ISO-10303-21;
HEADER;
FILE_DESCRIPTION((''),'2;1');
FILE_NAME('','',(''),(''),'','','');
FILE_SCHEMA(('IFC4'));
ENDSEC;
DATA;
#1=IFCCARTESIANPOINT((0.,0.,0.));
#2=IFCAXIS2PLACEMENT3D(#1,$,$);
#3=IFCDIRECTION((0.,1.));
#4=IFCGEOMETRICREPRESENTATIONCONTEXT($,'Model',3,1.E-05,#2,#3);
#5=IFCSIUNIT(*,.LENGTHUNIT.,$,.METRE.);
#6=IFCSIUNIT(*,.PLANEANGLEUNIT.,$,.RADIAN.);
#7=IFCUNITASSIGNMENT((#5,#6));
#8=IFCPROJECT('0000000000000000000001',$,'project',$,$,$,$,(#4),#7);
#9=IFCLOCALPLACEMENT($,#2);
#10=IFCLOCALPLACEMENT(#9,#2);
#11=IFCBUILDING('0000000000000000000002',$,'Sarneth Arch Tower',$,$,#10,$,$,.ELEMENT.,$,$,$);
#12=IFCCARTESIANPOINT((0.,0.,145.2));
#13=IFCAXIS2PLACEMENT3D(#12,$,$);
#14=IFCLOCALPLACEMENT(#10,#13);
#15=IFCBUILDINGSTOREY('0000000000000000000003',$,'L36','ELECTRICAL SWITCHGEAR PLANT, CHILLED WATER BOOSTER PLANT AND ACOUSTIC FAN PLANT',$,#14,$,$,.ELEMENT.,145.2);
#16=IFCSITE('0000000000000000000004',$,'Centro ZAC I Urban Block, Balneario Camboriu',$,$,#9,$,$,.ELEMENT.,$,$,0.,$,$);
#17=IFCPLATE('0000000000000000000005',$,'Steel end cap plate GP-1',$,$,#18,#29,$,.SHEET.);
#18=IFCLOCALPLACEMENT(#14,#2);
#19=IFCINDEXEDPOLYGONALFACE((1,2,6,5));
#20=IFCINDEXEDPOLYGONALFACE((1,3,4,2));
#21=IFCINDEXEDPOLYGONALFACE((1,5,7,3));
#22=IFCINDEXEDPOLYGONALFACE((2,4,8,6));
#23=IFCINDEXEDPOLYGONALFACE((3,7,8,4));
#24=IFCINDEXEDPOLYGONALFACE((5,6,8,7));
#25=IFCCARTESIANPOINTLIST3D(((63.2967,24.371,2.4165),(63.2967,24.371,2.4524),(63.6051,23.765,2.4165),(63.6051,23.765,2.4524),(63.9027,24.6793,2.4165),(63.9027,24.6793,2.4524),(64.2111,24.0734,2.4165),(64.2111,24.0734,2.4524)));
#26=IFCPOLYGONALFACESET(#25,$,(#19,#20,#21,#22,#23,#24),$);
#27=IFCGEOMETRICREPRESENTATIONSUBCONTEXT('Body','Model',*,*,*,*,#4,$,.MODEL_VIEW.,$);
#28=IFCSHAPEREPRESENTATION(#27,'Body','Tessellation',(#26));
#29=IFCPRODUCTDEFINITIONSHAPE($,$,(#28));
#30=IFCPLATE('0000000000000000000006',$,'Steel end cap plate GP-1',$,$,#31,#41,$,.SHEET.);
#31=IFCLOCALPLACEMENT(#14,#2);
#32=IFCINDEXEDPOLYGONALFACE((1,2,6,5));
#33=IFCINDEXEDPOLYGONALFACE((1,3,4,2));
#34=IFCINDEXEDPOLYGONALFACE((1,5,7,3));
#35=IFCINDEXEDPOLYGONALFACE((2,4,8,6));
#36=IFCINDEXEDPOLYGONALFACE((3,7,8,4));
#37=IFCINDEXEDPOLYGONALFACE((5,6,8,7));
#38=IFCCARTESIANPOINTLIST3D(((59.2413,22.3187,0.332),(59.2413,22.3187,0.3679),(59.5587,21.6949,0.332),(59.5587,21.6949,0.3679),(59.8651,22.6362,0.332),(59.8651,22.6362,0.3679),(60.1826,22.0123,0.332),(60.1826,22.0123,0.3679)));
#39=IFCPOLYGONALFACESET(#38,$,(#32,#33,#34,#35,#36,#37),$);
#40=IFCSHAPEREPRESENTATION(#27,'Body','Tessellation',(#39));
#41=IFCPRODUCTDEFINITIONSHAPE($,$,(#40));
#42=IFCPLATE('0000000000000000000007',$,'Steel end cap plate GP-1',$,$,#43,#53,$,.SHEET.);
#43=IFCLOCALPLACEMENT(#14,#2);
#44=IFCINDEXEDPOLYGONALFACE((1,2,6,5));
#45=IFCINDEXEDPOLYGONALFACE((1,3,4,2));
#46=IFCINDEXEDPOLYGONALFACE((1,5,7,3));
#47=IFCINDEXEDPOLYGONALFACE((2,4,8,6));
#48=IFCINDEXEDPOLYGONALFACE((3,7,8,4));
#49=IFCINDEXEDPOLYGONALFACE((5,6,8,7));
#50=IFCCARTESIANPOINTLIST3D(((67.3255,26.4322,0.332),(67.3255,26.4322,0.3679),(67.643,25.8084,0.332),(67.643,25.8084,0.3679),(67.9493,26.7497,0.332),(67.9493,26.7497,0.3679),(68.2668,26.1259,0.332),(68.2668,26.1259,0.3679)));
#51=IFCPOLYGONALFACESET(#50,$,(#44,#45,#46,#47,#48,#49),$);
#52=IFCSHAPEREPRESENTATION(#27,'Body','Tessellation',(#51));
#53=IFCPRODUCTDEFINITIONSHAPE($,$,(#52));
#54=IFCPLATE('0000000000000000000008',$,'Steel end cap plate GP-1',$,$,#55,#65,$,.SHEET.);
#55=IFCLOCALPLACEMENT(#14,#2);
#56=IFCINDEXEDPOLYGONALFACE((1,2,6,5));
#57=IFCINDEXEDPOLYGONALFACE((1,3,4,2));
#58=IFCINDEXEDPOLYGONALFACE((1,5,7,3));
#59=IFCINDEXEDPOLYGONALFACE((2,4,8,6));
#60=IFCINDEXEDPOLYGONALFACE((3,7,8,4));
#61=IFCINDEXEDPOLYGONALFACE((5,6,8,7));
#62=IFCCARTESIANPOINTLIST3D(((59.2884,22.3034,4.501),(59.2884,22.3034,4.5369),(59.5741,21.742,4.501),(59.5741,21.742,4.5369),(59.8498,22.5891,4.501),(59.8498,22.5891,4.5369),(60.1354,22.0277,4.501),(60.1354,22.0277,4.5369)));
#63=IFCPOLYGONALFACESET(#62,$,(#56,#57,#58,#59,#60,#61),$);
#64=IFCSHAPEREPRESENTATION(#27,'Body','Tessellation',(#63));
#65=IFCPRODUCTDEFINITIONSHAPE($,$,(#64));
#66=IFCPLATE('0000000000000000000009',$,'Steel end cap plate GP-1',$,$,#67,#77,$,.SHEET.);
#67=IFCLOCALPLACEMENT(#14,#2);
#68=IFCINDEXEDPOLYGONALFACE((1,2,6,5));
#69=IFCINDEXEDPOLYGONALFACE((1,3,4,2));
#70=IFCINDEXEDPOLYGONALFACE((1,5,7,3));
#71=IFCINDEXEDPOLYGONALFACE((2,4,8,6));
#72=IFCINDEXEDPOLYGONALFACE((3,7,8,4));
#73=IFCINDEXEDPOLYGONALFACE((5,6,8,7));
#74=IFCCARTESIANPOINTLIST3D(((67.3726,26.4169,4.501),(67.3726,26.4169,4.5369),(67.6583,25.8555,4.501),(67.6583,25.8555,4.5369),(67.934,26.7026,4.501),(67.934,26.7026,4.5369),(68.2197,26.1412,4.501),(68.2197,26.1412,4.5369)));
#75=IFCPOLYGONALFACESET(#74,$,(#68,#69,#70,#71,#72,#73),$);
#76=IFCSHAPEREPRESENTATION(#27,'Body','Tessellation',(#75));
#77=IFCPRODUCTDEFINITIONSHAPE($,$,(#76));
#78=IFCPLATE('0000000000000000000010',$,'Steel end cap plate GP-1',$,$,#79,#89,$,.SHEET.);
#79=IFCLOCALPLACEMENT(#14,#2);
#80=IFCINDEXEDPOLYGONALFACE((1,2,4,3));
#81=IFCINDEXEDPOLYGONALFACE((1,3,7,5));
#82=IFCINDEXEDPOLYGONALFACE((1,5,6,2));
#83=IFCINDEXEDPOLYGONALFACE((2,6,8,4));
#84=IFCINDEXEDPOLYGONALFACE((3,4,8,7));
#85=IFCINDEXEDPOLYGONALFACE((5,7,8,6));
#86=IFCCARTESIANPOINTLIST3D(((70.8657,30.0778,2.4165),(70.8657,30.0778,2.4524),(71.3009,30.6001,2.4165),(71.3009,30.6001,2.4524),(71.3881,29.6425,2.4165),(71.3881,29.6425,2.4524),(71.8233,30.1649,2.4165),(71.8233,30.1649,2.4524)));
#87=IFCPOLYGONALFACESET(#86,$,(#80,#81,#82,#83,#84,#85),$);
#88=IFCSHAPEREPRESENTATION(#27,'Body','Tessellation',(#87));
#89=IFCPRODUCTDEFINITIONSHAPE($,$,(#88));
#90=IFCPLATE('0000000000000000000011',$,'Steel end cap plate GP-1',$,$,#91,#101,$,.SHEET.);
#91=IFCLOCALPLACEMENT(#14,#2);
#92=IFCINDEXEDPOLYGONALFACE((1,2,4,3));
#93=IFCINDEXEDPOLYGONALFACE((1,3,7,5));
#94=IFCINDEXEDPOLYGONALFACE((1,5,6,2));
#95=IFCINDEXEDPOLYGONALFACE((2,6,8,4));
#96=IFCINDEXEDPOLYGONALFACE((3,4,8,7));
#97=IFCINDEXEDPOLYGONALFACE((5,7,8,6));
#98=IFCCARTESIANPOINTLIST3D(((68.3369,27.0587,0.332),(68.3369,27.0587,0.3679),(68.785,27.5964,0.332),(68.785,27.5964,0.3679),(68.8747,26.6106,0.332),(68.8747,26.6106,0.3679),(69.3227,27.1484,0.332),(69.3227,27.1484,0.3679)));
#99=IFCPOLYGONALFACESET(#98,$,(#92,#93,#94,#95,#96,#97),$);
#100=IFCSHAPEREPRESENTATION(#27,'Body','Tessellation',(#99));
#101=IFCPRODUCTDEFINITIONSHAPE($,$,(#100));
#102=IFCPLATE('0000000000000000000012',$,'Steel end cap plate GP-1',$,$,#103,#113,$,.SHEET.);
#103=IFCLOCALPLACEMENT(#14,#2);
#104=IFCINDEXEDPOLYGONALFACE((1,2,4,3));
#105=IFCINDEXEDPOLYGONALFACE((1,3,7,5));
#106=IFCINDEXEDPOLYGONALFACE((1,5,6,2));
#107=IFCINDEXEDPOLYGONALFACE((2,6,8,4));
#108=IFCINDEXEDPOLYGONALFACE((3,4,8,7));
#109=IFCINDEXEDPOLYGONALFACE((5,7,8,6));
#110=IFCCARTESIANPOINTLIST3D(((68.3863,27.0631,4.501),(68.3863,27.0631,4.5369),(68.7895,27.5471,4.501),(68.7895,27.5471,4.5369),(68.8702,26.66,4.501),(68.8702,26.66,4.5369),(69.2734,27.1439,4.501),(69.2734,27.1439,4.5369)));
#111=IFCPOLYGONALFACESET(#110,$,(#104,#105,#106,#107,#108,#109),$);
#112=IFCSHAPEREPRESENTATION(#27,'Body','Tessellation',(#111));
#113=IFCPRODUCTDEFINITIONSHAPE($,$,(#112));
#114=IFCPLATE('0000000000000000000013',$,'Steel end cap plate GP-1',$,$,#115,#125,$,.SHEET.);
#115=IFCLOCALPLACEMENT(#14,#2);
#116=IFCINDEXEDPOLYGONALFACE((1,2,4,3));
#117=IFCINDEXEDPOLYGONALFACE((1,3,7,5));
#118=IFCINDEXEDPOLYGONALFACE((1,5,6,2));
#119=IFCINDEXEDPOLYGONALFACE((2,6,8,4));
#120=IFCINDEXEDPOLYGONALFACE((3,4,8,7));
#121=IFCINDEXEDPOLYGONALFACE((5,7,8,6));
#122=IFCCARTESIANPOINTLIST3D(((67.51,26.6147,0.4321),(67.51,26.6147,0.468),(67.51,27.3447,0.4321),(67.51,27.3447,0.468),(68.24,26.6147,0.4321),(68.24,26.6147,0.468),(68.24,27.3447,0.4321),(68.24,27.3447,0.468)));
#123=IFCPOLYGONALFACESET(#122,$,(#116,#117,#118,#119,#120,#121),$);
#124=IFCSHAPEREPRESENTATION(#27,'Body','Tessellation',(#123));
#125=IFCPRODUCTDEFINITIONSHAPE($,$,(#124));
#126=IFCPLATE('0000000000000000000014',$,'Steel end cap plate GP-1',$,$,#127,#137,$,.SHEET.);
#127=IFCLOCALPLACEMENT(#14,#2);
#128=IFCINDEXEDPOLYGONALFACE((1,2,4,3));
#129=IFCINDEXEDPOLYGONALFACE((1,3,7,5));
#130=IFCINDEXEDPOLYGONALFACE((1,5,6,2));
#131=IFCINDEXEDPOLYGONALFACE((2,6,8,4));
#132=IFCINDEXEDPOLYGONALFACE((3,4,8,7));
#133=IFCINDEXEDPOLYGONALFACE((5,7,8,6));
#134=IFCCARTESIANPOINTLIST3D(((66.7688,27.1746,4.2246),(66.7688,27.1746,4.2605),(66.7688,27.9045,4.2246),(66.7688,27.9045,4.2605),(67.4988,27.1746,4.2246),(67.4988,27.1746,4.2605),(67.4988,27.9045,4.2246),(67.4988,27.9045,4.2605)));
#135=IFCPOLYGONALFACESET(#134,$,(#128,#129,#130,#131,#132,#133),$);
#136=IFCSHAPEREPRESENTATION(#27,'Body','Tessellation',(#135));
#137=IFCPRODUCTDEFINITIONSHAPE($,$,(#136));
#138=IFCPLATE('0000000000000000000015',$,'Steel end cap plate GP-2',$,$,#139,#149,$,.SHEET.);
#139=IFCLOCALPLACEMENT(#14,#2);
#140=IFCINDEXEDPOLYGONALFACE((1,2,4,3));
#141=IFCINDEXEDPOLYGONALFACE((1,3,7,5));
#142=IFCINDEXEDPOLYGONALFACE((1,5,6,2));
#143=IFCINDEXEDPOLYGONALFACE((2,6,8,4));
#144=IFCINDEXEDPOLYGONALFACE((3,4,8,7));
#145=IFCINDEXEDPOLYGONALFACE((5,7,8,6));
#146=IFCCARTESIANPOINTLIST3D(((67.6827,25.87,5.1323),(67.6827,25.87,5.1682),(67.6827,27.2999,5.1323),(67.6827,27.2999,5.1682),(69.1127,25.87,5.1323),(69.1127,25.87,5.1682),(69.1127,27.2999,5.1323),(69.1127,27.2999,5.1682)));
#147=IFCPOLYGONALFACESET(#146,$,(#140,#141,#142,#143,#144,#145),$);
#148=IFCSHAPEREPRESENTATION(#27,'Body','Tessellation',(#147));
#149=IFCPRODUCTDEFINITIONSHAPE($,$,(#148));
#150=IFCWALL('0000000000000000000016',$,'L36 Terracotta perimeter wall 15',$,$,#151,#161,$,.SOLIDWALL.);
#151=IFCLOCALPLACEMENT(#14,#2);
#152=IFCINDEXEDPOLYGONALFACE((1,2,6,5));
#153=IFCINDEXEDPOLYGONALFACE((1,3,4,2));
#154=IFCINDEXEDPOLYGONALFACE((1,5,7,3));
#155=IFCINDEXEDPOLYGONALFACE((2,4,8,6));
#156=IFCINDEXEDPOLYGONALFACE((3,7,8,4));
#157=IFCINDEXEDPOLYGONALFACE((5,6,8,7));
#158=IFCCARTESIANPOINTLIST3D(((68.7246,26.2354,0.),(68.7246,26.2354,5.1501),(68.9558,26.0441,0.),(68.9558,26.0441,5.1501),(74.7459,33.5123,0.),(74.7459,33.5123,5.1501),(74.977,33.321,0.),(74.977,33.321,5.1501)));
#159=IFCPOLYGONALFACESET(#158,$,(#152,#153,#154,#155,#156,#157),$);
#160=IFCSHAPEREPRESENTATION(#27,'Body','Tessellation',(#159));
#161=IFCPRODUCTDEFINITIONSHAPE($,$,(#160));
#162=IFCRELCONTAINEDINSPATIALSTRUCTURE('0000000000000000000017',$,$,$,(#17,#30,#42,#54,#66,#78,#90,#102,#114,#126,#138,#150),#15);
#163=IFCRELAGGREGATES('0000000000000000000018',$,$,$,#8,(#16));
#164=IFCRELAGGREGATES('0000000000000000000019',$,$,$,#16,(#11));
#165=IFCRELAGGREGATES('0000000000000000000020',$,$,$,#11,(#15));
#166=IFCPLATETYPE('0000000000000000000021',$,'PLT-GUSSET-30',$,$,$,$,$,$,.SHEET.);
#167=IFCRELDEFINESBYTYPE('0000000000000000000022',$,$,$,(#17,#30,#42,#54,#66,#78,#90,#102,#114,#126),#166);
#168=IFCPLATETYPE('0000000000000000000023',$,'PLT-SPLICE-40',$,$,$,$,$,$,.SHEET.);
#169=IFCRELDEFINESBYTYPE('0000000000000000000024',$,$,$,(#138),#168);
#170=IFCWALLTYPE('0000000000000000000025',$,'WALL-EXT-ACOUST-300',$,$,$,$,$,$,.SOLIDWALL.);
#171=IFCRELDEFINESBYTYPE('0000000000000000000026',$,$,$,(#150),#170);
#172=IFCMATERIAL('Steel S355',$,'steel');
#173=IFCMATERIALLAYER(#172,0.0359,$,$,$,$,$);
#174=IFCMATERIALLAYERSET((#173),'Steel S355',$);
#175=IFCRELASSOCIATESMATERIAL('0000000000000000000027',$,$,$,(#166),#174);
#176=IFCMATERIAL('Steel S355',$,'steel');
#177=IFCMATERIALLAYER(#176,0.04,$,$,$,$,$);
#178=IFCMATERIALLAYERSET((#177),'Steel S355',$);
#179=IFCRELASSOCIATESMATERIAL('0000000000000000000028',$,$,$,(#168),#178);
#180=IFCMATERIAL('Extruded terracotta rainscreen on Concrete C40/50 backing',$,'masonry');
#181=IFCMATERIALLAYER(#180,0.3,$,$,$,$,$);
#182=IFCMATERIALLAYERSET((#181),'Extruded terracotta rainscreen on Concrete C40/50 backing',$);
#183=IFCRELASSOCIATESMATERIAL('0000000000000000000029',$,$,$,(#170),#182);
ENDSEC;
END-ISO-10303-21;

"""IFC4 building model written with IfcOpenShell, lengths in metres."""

from ifc_helpers import new_model, si_unit, direction, frame, frame_2d, origin, origin_2d, place, context, subcontext, project, spatial, rectangle, extrude, material, layer, layer_set, type_object, element, save


model = new_model("IFC4")

# Units and contexts
model_context = context("Model", 3, precision=1e-05, world=origin(), true_north=direction((0.0, 1.0)))
body_context = subcontext(model_context, "Body", "Model", "MODEL_VIEW")
ifc_project = project(units=[si_unit("LENGTHUNIT", "METRE"), si_unit("PLANEANGLEUNIT", "RADIAN")], contexts=[model_context])

# Site, building, storey
site_placement = place(None, origin())
site = spatial("IfcSite", under=ifc_project, at=site_placement, Name="Centro ZAC I Urban Block, Balneario Camboriu", CompositionType="ELEMENT", RefElevation=0.0)
building_placement = place(site_placement, origin())
building = spatial("IfcBuilding", under=site, at=building_placement, Name="Sarneth Arch Tower", CompositionType="ELEMENT")
storey_placement = place(building_placement, frame((0.0, 0.0, 145.2)))
storey = spatial("IfcBuildingStorey", under=building, at=storey_placement, Name="L36", Description="ELECTRICAL SWITCHGEAR PLANT, CHILLED WATER BOOSTER PLANT AND ACOUSTIC FAN PLANT", CompositionType="ELEMENT", Elevation=145.2)

# Plates
ifc_material_1 = material(Name="Steel S355", Category="steel")
ifc_layer_1 = layer(ifc_material_1, 0.0359)
ifc_layer_set_1 = layer_set([ifc_layer_1], Name="Steel S355")
plate_type_1 = type_object("IfcPlateType", Name="PLT-GUSSET-30", PredefinedType="SHEET", material=ifc_layer_set_1)
plate_1_placement = place(storey_placement, frame((63.7539, 24.2222, 2.4165), z_axis=(0.0, 0.0, 1.0), x_axis=(0.891244, 0.453524, 0.0)))
element("IfcPlate", 1, at=plate_1_placement, inside=storey, type_object=plate_type_1, Name="Steel end cap plate GP-1", PredefinedType="SHEET", context=body_context, shape_type="SweptSolid", body=[
    extrude(rectangle(XDim=0.6799, YDim=0.6799, at=origin_2d()), origin(), (0.0, 0.0, 1.0), 0.0359),
])
for number, where, z_axis, x_axis, name in (
    (2, (59.7119, 22.1655, 0.332), (0.0, 0.0, 1.0), (-0.891244, -0.453524, 0.0), "Steel end cap plate GP-1"),
    (3, (67.7961, 26.2791, 0.332), (0.0, 0.0, 1.0), (0.891244, 0.453524, 0.0), "Steel end cap plate GP-1"),
):
    element("IfcPlate", number, at=place(storey_placement, frame(where, z_axis=z_axis, x_axis=x_axis)), inside=storey, type_object=plate_type_1, Name=name, PredefinedType="SHEET", context=body_context, shape_type="SweptSolid", body=[
        extrude(rectangle(XDim=0.7, YDim=0.7, at=origin_2d()), origin(), (0.0, 0.0, 1.0), 0.0359),
    ])
for number, where, z_axis, x_axis, name in (
    (4, (59.7119, 22.1655, 4.501), (0.0, 0.0, 1.0), (-0.891244, -0.453524, 0.0), "Steel end cap plate GP-1"),
    (5, (67.7961, 26.2791, 4.501), (0.0, 0.0, 1.0), (0.891244, 0.453524, 0.0), "Steel end cap plate GP-1"),
):
    element("IfcPlate", number, at=place(storey_placement, frame(where, z_axis=z_axis, x_axis=x_axis)), inside=storey, type_object=plate_type_1, Name=name, PredefinedType="SHEET", context=body_context, shape_type="SweptSolid", body=[
        extrude(rectangle(XDim=0.6299, YDim=0.6299, at=origin_2d()), origin(), (0.0, 0.0, 1.0), 0.0359),
    ])
plate_2_placement = place(storey_placement, frame((71.3445, 30.1213, 2.4165), z_axis=(0.0, 0.0, 1.0), x_axis=(0.64011, 0.768284, 0.0)))
element("IfcPlate", 6, at=plate_2_placement, inside=storey, type_object=plate_type_1, Name="Steel end cap plate GP-1", PredefinedType="SHEET", context=body_context, shape_type="SweptSolid", body=[
    extrude(rectangle(XDim=0.6799, YDim=0.6799, at=origin_2d()), origin(), (0.0, 0.0, 1.0), 0.0359),
])
plate_3_placement = place(storey_placement, frame((68.8298, 27.1035, 0.332), z_axis=(0.0, 0.0, 1.0), x_axis=(-0.64011, -0.768284, 0.0)))
element("IfcPlate", 7, at=plate_3_placement, inside=storey, type_object=plate_type_1, Name="Steel end cap plate GP-1", PredefinedType="SHEET", context=body_context, shape_type="SweptSolid", body=[
    extrude(rectangle(XDim=0.7, YDim=0.7, at=origin_2d()), origin(), (0.0, 0.0, 1.0), 0.0359),
])
plate_4_placement = place(storey_placement, frame((68.8298, 27.1035, 4.501), z_axis=(0.0, 0.0, 1.0), x_axis=(-0.64011, -0.768284, 0.0)))
element("IfcPlate", 8, at=plate_4_placement, inside=storey, type_object=plate_type_1, Name="Steel end cap plate GP-1", PredefinedType="SHEET", context=body_context, shape_type="SweptSolid", body=[
    extrude(rectangle(XDim=0.6299, YDim=0.6299, at=origin_2d()), origin(), (0.0, 0.0, 1.0), 0.0359),
])
for number, where, z_axis, x_axis, name in (
    (9, (67.875, 26.9797, 0.4321), (0.0, 0.0, 1.0), (1.0, 0.0, 0.0), "Steel end cap plate GP-1"),
    (10, (67.1338, 27.5396, 4.2246), (0.0, 0.0, 1.0), (1.0, 0.0, 0.0), "Steel end cap plate GP-1"),
):
    element("IfcPlate", number, at=place(storey_placement, frame(where, z_axis=z_axis, x_axis=x_axis)), inside=storey, type_object=plate_type_1, Name=name, PredefinedType="SHEET", context=body_context, shape_type="SweptSolid", body=[
        extrude(rectangle(XDim=0.73, YDim=0.73, at=origin_2d()), origin(), (0.0, 0.0, 1.0), 0.0359),
    ])
ifc_material_2 = material(Name="Steel S355", Category="steel")
ifc_layer_2 = layer(ifc_material_2, 0.04)
ifc_layer_set_2 = layer_set([ifc_layer_2], Name="Steel S355")
plate_type_2 = type_object("IfcPlateType", Name="PLT-SPLICE-40", PredefinedType="SHEET", material=ifc_layer_set_2)
plate_5_placement = place(storey_placement, frame((68.3977, 26.585, 5.1323), z_axis=(0.0, 0.0, 1.0), x_axis=(1.0, 0.0, 0.0)))
element("IfcPlate", 11, at=plate_5_placement, inside=storey, type_object=plate_type_2, Name="Steel end cap plate GP-2", PredefinedType="SHEET", context=body_context, shape_type="SweptSolid", body=[
    extrude(rectangle(XDim=1.4299, YDim=1.4299, at=origin_2d()), origin(), (0.0, 0.0, 1.0), 0.0359),
])

# Wall
ifc_material_3 = material(Name="Extruded terracotta rainscreen on Concrete C40/50 backing", Category="masonry")
ifc_layer_3 = layer(ifc_material_3, 0.3)
ifc_layer_set_3 = layer_set([ifc_layer_3], Name="Extruded terracotta rainscreen on Concrete C40/50 backing")
wall_type = type_object("IfcWallType", Name="WALL-EXT-ACOUST-300", PredefinedType="SOLIDWALL", material=ifc_layer_set_3)
wall_placement = place(storey_placement, frame((68.8401, 26.1396, 0.0), z_axis=(0.0, 0.0, 1.0), x_axis=(0.637506, 0.770446, 0.0)))
element("IfcWall", 12, at=wall_placement, inside=storey, type_object=wall_type, Name="L36 Terracotta perimeter wall 15", PredefinedType="SOLIDWALL", context=body_context, shape_type="SweptSolid", body=[
    extrude(rectangle(XDim=9.4451, YDim=0.3, at=frame_2d((4.7227, 0.0))), origin(), (0.0, 0.0, 1.0), 5.1501),
])

save(model, "model.ifc")
